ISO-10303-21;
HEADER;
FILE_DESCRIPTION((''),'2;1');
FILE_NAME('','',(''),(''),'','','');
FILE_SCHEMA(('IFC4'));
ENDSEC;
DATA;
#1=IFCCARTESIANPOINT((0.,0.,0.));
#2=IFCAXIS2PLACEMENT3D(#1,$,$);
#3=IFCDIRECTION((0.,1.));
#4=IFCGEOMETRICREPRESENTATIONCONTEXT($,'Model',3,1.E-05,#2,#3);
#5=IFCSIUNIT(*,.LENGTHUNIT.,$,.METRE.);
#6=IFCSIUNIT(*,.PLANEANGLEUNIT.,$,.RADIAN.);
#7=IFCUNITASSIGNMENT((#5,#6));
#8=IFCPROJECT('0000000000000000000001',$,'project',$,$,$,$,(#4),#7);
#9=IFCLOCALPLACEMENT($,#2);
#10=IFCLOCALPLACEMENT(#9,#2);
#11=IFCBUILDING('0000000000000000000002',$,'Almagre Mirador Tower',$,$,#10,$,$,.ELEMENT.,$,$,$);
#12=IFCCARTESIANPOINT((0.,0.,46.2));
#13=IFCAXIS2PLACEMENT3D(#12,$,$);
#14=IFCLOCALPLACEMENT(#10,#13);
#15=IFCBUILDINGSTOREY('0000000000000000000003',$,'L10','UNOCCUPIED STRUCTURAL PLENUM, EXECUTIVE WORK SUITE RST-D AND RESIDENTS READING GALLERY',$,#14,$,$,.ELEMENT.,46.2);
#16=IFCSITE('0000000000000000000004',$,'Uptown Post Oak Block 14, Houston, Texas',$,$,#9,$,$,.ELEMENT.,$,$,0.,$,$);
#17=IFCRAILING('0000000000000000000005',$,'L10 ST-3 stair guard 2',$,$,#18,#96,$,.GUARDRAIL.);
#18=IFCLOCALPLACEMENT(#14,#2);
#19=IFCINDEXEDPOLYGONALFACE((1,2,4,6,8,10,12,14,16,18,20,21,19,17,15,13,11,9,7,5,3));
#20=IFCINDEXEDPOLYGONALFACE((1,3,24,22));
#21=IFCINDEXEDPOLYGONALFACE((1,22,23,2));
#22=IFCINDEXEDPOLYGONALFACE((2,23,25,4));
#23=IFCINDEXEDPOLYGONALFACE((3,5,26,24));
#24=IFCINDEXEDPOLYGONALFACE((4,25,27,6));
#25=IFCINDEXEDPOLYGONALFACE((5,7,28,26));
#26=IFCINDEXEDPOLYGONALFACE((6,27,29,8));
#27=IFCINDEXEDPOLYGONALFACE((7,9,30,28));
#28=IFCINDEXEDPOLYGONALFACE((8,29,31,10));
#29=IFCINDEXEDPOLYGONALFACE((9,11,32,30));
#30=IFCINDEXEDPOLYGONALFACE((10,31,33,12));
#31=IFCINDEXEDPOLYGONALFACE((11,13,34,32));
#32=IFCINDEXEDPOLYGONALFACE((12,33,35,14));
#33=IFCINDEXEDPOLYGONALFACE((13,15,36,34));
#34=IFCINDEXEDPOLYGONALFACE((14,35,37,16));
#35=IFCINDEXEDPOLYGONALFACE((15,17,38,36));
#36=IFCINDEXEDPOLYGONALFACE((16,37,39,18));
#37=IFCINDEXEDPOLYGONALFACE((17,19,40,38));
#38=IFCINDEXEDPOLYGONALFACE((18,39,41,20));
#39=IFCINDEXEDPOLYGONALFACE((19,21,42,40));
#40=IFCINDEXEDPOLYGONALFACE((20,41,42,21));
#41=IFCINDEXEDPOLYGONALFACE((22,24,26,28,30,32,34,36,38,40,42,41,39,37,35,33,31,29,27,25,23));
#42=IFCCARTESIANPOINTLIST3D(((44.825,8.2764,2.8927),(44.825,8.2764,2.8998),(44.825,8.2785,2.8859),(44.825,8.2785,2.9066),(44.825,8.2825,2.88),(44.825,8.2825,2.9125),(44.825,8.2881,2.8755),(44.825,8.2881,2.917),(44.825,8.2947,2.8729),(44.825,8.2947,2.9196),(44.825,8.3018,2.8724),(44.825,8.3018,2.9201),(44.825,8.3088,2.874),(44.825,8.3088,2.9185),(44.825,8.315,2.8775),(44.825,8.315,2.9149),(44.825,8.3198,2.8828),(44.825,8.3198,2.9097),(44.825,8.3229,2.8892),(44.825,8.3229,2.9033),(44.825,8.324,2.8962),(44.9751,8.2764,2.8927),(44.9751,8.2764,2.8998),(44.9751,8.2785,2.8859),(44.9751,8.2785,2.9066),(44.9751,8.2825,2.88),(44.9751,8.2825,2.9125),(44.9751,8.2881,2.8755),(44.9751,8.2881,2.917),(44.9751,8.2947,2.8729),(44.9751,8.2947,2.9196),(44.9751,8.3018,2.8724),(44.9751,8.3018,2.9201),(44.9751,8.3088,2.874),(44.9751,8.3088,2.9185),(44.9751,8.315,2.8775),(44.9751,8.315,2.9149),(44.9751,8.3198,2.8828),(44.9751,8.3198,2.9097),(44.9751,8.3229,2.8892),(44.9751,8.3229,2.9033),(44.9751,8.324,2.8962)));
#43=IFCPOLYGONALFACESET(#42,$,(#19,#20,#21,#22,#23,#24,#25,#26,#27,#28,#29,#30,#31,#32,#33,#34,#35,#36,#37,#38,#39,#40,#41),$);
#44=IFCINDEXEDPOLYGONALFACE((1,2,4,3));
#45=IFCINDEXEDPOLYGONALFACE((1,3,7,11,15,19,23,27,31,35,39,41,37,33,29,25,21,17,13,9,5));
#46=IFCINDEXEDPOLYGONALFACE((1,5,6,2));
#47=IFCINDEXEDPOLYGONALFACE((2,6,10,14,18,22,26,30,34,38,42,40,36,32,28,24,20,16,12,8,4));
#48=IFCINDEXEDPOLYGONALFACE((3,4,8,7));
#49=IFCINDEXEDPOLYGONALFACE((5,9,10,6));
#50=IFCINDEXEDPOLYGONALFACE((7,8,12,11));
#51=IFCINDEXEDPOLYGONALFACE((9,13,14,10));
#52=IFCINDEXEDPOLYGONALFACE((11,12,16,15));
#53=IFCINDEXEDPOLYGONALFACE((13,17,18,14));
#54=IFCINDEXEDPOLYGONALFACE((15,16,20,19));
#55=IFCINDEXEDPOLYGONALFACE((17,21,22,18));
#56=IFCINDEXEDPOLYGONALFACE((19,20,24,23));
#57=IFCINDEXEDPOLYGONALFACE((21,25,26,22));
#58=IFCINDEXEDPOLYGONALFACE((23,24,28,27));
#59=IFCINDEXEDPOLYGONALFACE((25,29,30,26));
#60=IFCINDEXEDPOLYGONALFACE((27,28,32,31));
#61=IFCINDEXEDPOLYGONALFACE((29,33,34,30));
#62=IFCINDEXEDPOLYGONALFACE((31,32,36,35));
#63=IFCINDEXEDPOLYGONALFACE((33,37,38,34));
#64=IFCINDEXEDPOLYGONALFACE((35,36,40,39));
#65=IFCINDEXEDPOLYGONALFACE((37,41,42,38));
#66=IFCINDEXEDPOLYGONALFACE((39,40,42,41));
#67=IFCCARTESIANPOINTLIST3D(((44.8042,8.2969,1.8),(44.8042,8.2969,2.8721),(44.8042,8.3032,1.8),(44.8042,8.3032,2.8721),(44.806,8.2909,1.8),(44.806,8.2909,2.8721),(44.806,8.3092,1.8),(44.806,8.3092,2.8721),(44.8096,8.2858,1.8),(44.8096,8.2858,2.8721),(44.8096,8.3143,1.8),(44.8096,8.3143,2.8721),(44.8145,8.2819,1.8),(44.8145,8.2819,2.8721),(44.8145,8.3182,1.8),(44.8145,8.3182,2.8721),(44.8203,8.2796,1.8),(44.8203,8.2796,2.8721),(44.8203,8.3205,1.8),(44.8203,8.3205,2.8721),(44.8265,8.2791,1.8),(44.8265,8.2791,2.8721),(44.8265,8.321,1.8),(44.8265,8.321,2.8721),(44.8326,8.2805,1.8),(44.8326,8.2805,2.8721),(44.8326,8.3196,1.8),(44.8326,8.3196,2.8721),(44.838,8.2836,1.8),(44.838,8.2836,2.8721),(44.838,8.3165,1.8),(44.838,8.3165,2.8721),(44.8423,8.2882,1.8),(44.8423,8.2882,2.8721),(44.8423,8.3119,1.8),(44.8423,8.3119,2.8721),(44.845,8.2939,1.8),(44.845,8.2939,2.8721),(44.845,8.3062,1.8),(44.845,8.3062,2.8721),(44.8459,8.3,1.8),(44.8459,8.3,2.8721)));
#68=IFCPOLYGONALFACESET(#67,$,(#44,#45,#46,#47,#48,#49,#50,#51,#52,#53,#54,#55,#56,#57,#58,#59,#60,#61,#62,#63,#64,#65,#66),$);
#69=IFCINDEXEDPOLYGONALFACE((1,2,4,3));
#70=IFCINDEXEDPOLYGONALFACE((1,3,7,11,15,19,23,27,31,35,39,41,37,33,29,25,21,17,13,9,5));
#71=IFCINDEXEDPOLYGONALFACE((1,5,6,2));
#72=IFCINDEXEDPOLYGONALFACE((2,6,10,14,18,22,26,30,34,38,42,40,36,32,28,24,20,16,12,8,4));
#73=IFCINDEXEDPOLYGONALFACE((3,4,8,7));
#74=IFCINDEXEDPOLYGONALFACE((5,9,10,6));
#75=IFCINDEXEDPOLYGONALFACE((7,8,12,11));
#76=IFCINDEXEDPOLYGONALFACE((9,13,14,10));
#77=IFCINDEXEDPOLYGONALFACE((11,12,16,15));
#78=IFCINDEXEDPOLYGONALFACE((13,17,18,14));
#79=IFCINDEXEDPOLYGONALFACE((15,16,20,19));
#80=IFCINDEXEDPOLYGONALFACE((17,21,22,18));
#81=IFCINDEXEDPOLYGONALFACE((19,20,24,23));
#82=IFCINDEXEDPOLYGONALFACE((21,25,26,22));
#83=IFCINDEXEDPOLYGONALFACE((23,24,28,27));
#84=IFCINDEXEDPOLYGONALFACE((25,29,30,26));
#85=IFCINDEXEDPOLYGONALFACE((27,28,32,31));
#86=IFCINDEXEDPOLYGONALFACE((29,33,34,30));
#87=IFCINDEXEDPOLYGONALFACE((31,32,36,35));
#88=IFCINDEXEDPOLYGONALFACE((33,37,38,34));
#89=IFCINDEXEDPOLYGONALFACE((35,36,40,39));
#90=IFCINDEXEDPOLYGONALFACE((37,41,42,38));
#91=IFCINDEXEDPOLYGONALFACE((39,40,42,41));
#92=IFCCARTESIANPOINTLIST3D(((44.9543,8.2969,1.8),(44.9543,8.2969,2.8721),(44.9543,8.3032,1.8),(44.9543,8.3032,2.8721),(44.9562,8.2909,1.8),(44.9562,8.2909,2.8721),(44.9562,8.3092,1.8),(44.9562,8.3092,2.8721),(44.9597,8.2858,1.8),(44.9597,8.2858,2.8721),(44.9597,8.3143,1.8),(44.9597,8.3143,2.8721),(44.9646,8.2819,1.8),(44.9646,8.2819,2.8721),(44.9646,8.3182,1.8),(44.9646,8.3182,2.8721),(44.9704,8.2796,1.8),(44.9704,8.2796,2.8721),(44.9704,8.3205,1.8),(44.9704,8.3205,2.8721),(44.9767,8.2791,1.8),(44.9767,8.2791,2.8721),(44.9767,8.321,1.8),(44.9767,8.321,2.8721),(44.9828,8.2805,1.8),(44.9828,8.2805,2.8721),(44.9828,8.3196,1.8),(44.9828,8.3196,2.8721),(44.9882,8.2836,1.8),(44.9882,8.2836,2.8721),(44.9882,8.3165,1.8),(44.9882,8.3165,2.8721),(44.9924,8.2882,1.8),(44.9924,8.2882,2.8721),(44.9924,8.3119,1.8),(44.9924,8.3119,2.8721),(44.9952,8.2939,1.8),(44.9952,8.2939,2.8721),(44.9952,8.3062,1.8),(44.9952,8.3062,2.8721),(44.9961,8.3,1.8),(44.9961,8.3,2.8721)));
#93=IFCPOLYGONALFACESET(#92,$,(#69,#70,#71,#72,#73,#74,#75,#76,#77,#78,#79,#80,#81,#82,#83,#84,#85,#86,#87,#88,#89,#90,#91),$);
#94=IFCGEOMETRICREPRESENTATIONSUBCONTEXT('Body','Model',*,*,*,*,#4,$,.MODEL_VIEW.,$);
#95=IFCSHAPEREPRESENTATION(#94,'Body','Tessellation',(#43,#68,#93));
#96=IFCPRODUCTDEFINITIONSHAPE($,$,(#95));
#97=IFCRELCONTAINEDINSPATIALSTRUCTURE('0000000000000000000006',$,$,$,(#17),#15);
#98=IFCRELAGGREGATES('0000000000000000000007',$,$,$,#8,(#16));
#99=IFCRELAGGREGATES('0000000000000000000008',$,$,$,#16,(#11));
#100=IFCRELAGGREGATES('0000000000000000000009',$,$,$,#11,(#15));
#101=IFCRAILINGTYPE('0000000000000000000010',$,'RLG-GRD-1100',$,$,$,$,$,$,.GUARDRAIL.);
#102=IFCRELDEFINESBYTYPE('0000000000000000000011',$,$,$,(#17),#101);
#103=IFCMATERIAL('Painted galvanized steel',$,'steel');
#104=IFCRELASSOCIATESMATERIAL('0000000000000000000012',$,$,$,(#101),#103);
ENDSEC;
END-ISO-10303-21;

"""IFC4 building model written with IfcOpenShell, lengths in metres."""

from ifc_helpers import new_model, si_unit, direction, frame, origin, origin_2d, place, context, subcontext, project, spatial, circle, extrude, material, type_object, element, save


model = new_model("IFC4")

# Units and contexts
model_context = context("Model", 3, precision=1e-05, world=origin(), true_north=direction((0.0, 1.0)))
body_context = subcontext(model_context, "Body", "Model", "MODEL_VIEW")
ifc_project = project(units=[si_unit("LENGTHUNIT", "METRE"), si_unit("PLANEANGLEUNIT", "RADIAN")], contexts=[model_context])

# Site, building, storey
site_placement = place(None, origin())
site = spatial("IfcSite", under=ifc_project, at=site_placement, Name="Uptown Post Oak Block 14, Houston, Texas", CompositionType="ELEMENT", RefElevation=0.0)
building_placement = place(site_placement, origin())
building = spatial("IfcBuilding", under=site, at=building_placement, Name="Almagre Mirador Tower", CompositionType="ELEMENT")
storey_placement = place(building_placement, frame((0.0, 0.0, 46.2)))
storey = spatial("IfcBuildingStorey", under=building, at=storey_placement, Name="L10", Description="UNOCCUPIED STRUCTURAL PLENUM, EXECUTIVE WORK SUITE RST-D AND RESIDENTS READING GALLERY", CompositionType="ELEMENT", Elevation=46.2)

# Railing
ifc_material_1 = material(Name="Painted galvanized steel", Category="steel")
railing_type_1 = type_object("IfcRailingType", Name="RLG-GRD-1100", PredefinedType="GUARDRAIL", material=ifc_material_1)
railing_1_placement = place(storey_placement, frame((44.825, 8.3, 1.8)))
element("IfcRailing", 1, at=railing_1_placement, inside=storey, type_object=railing_type_1, Name="L10 ST-3 stair guard 2", PredefinedType="GUARDRAIL", context=body_context, shape_type="SweptSolid", body=[
    extrude(circle(Radius=0.0239, at=origin_2d()), frame((0.0, 0.0, 1.0962), z_axis=(1.0, 0.0, 0.0), x_axis=(0.0, 1.0, 0.0)), (0.0, 0.0, 1.0), 0.1501),
    extrude(circle(Radius=0.021, at=origin_2d()), origin(), (0.0, 0.0, 1.0), 1.072),
    extrude(circle(Radius=0.021, at=origin_2d()), frame((0.1501, 0.0, 0.0)), (0.0, 0.0, 1.0), 1.072),
])

save(model, "model.ifc")
